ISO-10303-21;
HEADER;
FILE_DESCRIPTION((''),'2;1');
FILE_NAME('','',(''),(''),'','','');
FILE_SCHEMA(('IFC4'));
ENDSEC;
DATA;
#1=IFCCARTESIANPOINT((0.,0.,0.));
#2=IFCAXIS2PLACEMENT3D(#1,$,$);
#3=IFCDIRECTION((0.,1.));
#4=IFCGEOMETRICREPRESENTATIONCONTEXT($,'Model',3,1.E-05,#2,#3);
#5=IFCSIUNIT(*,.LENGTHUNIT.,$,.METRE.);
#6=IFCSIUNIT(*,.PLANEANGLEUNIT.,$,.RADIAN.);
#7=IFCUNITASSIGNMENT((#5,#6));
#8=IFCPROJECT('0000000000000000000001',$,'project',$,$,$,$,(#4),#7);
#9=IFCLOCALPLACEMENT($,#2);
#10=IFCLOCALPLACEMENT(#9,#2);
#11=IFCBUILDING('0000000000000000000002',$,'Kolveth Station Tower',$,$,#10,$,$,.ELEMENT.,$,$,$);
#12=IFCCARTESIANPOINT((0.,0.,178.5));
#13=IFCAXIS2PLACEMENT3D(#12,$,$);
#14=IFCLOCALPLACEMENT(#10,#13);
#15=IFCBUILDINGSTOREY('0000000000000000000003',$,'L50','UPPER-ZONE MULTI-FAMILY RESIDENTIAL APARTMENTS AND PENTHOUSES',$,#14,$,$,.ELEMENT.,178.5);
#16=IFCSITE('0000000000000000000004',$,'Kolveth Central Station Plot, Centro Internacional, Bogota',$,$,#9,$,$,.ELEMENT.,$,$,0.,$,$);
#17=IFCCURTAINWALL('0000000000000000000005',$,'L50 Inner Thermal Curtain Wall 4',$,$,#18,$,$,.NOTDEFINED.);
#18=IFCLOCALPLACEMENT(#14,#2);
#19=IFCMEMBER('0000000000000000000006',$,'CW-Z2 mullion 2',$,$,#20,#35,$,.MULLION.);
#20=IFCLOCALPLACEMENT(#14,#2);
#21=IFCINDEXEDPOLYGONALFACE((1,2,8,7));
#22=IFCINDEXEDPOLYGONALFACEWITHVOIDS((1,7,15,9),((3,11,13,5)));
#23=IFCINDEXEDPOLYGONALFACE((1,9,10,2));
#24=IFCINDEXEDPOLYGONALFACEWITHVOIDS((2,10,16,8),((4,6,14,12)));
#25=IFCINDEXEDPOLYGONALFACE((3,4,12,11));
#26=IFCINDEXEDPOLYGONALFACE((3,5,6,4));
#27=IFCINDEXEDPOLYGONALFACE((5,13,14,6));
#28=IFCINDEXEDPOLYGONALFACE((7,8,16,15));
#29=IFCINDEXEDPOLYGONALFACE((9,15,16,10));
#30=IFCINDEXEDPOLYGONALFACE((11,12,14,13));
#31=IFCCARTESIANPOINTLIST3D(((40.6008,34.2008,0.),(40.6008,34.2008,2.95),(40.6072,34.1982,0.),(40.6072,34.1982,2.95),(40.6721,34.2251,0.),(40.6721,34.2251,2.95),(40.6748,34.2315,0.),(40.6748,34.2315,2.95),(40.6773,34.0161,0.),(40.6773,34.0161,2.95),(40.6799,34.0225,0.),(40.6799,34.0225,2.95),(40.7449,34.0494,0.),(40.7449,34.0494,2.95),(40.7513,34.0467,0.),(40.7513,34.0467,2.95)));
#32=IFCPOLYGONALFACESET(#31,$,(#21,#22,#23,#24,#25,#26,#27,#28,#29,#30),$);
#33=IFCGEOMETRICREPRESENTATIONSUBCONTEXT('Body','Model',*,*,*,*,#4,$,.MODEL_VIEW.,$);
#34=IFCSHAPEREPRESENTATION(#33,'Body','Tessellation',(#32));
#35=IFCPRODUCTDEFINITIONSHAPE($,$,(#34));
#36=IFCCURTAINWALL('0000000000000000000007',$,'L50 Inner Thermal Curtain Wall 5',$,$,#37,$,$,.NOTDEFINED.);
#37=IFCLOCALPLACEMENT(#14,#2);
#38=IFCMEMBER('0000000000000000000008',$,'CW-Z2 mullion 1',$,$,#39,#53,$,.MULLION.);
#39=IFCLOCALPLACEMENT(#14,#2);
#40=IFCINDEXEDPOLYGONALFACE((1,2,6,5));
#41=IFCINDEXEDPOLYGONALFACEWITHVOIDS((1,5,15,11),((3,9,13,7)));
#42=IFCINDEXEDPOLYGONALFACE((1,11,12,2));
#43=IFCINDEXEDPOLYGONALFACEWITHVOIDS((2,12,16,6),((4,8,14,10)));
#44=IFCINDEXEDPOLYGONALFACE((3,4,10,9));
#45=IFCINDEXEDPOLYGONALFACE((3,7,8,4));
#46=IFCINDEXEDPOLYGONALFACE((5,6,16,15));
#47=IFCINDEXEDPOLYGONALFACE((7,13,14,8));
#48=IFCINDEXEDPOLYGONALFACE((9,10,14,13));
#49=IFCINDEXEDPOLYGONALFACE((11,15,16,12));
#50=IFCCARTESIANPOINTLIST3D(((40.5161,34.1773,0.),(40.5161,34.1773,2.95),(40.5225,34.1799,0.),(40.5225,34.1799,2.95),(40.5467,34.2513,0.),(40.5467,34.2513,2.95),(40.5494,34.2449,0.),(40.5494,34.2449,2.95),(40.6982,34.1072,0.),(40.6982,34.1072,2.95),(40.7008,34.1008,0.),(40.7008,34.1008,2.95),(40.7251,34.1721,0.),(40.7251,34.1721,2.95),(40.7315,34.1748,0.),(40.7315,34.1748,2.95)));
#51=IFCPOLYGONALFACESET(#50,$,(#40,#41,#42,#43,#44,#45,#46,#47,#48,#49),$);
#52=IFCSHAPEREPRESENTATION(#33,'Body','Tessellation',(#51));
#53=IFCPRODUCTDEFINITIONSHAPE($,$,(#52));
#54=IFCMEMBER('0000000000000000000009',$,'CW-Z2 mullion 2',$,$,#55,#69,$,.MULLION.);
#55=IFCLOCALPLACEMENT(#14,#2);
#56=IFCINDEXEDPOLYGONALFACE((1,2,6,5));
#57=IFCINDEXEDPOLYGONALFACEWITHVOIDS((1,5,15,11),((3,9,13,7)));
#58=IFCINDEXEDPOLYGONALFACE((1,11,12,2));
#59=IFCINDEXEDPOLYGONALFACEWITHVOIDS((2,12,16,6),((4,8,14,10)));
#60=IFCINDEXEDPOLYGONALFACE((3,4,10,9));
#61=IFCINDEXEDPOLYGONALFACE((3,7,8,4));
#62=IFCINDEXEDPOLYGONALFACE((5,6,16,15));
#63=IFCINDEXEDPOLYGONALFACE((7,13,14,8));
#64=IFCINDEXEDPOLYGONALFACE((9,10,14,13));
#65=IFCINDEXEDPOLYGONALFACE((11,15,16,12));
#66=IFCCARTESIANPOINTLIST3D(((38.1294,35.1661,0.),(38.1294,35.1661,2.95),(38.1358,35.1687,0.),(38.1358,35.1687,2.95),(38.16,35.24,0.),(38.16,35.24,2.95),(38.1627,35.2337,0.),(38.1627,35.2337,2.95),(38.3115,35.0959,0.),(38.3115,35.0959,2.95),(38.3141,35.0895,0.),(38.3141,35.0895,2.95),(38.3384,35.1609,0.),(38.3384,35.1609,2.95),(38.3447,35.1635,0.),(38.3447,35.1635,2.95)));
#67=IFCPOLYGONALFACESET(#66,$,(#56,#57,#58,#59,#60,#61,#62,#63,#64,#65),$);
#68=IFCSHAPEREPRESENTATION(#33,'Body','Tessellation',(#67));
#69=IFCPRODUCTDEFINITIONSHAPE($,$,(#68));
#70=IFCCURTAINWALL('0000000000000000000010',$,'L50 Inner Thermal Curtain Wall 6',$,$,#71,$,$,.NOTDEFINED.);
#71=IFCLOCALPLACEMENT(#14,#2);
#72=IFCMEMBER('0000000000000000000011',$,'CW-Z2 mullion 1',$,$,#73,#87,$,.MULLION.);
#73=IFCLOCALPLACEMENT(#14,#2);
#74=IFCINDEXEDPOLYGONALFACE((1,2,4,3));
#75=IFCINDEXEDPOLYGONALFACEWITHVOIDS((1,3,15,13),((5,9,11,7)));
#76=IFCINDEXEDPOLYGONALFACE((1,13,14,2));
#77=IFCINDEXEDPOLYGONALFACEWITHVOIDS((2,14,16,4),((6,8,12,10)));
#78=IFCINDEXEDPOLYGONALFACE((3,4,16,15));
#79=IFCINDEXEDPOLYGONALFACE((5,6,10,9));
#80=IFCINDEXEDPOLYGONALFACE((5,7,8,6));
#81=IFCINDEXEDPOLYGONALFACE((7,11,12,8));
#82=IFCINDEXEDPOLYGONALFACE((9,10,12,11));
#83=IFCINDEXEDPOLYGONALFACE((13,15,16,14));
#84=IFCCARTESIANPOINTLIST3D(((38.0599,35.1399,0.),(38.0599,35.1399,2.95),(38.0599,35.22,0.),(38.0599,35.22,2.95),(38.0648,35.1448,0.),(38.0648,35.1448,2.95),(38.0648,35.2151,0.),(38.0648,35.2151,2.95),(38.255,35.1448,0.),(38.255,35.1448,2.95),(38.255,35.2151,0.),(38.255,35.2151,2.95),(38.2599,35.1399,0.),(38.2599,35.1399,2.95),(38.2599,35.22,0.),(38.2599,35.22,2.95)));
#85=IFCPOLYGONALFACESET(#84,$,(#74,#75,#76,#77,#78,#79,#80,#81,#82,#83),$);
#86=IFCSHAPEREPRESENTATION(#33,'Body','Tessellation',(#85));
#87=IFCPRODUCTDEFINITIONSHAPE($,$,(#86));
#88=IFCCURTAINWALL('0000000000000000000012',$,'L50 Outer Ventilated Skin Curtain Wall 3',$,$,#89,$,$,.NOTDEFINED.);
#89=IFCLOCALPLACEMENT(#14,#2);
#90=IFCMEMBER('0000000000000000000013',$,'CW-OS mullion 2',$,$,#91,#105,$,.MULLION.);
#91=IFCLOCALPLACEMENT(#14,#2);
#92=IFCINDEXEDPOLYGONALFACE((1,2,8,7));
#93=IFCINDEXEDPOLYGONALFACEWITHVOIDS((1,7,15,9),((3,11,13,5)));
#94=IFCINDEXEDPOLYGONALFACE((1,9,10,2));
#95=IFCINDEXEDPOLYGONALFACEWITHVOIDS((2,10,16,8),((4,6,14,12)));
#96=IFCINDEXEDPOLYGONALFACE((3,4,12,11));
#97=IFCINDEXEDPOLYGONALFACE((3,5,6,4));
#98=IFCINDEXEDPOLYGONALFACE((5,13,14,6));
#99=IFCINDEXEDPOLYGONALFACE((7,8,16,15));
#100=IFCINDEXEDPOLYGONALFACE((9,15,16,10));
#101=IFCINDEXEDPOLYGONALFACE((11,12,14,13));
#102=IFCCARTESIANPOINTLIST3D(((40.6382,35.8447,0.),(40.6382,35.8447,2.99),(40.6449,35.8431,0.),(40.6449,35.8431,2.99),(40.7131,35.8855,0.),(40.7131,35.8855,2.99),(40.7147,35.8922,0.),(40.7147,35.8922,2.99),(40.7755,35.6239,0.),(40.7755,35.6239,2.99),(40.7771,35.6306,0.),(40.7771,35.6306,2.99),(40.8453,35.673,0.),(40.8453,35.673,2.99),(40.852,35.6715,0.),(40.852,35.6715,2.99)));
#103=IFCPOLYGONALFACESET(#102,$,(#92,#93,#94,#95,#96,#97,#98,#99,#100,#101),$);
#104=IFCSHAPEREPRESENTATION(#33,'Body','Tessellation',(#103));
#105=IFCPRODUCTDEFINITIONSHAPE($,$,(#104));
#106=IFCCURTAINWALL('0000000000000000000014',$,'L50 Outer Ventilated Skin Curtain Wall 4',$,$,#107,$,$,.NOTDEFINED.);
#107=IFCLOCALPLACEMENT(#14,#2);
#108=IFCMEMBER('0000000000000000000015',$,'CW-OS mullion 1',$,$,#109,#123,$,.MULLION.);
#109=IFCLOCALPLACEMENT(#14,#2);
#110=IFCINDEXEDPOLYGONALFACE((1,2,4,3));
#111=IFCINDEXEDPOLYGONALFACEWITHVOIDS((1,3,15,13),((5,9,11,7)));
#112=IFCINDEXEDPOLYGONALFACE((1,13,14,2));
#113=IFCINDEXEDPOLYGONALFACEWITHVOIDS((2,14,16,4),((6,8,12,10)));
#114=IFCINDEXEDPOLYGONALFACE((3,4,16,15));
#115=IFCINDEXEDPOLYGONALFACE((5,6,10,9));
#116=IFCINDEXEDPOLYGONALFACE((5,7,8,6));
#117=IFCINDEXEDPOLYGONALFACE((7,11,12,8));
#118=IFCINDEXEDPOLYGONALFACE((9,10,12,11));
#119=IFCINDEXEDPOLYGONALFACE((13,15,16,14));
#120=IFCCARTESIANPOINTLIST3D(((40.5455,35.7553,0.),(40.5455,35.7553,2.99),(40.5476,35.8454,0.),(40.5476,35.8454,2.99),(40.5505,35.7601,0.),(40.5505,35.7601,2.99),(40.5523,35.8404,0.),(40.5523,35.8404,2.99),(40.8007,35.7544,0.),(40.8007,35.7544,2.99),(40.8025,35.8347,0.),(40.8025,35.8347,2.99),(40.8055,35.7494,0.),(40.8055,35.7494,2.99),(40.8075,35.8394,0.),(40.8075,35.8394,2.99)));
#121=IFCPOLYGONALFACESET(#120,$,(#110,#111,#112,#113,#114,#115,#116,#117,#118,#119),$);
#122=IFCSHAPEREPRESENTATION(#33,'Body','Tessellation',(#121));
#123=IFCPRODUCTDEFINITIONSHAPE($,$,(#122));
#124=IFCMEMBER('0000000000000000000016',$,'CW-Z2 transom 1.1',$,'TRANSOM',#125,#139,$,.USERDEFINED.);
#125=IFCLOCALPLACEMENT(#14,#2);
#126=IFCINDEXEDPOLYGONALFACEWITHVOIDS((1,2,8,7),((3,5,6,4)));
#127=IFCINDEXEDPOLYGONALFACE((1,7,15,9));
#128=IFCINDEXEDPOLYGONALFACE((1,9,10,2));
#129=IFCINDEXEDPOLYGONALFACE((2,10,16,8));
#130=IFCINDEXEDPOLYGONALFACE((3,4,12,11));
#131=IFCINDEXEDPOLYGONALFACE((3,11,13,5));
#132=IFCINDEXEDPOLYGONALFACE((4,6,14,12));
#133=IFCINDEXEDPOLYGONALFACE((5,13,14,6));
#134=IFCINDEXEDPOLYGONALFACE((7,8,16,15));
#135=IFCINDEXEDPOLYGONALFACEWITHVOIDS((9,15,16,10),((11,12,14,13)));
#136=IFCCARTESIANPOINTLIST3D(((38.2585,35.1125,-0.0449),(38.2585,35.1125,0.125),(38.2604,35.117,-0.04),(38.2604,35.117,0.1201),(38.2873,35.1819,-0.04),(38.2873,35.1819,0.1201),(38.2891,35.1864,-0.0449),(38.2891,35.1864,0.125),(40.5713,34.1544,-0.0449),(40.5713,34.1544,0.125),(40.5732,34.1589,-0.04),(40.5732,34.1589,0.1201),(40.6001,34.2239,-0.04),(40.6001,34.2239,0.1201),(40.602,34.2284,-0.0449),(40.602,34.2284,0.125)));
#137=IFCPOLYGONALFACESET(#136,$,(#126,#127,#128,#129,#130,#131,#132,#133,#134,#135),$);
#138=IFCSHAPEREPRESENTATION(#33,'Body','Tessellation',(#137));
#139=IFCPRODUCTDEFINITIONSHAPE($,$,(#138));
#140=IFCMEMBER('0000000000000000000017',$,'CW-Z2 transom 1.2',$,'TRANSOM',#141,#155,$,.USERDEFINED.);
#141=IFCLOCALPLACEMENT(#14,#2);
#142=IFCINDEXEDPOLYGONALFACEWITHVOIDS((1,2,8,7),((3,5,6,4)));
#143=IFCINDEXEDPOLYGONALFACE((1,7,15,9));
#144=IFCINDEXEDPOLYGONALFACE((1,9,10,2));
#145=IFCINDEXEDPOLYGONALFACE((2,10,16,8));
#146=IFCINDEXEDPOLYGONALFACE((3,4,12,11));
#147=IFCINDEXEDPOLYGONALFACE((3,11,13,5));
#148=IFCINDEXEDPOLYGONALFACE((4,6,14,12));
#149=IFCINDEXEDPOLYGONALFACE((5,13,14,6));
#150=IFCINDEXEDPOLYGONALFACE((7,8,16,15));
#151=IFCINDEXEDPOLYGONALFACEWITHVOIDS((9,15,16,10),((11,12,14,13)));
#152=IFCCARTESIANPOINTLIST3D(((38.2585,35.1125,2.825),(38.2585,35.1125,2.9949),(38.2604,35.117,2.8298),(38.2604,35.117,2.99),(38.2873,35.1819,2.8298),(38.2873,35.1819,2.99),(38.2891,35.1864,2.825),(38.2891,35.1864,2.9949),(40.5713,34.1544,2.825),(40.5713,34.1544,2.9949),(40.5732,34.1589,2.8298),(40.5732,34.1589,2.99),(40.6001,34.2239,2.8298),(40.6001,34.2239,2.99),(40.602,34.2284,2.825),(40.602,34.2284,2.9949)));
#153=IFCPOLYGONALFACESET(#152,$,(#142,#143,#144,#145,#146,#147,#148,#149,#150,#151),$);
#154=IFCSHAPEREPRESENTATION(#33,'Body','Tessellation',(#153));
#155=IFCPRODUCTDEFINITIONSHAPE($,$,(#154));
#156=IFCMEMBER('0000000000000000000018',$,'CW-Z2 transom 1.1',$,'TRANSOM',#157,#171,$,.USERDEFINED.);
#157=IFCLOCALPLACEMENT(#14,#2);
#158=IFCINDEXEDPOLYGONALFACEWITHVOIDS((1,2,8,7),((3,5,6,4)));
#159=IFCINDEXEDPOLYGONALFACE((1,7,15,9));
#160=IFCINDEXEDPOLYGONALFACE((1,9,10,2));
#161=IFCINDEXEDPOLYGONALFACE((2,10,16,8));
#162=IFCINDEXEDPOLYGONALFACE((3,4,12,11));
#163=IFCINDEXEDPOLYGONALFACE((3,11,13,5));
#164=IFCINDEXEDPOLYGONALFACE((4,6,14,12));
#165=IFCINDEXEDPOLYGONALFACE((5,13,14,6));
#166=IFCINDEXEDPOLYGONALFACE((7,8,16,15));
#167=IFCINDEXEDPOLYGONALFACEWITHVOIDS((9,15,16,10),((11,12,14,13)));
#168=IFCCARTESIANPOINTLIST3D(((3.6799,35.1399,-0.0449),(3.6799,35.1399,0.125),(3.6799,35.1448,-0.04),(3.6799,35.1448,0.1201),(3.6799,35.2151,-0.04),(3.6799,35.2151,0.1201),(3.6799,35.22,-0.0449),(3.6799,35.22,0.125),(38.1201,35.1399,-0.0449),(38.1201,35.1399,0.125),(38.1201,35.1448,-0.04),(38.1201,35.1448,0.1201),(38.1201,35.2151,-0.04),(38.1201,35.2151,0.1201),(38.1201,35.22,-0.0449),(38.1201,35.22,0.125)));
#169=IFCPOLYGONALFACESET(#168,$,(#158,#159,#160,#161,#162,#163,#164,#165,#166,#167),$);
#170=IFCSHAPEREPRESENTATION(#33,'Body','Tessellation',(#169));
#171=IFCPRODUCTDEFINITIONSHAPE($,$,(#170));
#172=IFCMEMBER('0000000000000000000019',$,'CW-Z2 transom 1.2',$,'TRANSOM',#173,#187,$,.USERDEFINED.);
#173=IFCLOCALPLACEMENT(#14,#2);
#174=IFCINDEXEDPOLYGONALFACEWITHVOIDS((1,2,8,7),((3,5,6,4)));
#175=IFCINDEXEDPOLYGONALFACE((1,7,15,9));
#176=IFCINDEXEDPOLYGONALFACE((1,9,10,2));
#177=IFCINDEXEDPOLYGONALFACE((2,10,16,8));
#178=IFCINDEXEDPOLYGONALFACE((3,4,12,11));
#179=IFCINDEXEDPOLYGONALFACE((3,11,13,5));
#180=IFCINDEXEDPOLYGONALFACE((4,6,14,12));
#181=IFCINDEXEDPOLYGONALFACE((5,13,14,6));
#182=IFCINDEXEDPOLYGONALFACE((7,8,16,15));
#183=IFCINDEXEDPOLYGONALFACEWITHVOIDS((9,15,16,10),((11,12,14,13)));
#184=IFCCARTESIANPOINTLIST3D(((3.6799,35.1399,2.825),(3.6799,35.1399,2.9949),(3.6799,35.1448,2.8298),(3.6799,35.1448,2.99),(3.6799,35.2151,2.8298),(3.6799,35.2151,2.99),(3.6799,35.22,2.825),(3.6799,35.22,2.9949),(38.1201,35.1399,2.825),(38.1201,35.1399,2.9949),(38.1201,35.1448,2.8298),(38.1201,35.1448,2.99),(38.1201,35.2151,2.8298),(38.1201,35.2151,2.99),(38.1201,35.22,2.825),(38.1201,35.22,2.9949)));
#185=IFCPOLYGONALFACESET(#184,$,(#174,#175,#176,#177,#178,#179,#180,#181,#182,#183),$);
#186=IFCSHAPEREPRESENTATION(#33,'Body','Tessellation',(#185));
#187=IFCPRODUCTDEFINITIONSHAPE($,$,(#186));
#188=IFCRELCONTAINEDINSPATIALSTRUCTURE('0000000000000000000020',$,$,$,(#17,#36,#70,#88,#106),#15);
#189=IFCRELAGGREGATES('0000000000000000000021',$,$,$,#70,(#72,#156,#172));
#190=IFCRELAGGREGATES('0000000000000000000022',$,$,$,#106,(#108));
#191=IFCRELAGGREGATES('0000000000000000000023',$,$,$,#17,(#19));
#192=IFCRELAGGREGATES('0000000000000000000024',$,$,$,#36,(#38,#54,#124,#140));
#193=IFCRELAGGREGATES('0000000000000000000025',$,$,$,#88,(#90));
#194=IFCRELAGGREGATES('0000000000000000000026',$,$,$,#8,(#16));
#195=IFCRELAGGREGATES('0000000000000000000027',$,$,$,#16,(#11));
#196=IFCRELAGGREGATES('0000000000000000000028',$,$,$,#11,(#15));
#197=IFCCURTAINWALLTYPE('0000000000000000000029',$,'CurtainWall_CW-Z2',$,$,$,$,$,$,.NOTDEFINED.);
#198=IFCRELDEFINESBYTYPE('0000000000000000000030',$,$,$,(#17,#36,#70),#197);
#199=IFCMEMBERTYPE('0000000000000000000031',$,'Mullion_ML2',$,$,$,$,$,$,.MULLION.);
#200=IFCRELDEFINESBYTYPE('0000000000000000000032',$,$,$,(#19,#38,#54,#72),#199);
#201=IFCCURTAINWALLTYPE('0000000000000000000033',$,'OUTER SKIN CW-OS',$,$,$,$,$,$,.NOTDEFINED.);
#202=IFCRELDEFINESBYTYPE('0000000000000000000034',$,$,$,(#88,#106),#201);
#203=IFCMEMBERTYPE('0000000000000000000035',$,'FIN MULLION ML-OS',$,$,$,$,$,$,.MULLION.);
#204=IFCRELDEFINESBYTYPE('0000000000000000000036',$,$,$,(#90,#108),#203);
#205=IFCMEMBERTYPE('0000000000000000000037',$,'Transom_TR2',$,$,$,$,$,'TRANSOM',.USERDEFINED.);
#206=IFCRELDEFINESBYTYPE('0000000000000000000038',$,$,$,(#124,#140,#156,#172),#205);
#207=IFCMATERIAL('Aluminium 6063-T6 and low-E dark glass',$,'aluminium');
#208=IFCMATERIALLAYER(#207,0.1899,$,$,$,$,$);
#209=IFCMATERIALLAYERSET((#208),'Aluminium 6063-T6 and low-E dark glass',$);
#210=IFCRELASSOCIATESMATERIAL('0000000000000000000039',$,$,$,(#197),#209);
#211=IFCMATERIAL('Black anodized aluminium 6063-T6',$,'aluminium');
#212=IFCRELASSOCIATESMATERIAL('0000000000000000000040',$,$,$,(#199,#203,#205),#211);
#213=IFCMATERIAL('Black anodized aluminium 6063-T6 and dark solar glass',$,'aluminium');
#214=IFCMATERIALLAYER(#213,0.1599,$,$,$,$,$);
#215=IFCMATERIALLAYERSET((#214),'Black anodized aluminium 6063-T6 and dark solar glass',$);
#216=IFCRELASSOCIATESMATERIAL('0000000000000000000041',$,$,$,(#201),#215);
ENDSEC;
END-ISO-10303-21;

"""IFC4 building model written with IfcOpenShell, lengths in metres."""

from ifc_helpers import new_model, si_unit, direction, frame, origin, origin_2d, place, context, subcontext, project, spatial, hollow_rectangle, extrude, source, transform, mapped, material, layer, layer_set, material_profile, profile_set, type_object, element, aggregate, save


model = new_model("IFC4")

# Units and contexts
model_context = context("Model", 3, precision=1e-05, world=origin(), true_north=direction((0.0, 1.0)))
body_context = subcontext(model_context, "Body", "Model", "MODEL_VIEW")
ifc_project = project(units=[si_unit("LENGTHUNIT", "METRE"), si_unit("PLANEANGLEUNIT", "RADIAN")], contexts=[model_context])

# Site, building, storey
site_placement = place(None, origin())
site = spatial("IfcSite", under=ifc_project, at=site_placement, Name="Kolveth Central Station Plot, Centro Internacional, Bogota", CompositionType="ELEMENT", RefElevation=0.0)
building_placement = place(site_placement, origin())
building = spatial("IfcBuilding", under=site, at=building_placement, Name="Kolveth Station Tower", CompositionType="ELEMENT")
storey_placement = place(building_placement, frame((0.0, 0.0, 178.5)))
storey = spatial("IfcBuildingStorey", under=building, at=storey_placement, Name="L50", Description="UPPER-ZONE MULTI-FAMILY RESIDENTIAL APARTMENTS AND PENTHOUSES", CompositionType="ELEMENT", Elevation=178.5)

# Curtain wall, member
ifc_material_1 = material(Name="Aluminium 6063-T6 and low-E dark glass", Category="aluminium")
ifc_layer_1 = layer(ifc_material_1, 0.1899)
ifc_layer_set_1 = layer_set([ifc_layer_1], Name="Aluminium 6063-T6 and low-E dark glass")
curtain_wall_type_1 = type_object("IfcCurtainWallType", Name="CurtainWall_CW-Z2", PredefinedType="NOTDEFINED", material=ifc_layer_set_1)
curtain_wall_1_placement = place(storey_placement, origin())
curtain_wall_1 = element("IfcCurtainWall", 1, at=curtain_wall_1_placement, inside=storey, type_object=curtain_wall_type_1, Name="L50 Inner Thermal Curtain Wall 4", PredefinedType="NOTDEFINED")
ifc_material_2 = material(Name="Black anodized aluminium 6063-T6", Category="aluminium")
ifc_material_profile_1 = material_profile(ifc_material_2, hollow_rectangle(XDim=0.0801, YDim=0.2, WallThickness=0.0049, at=origin_2d()), Name="ALU-80x200x5")
ifc_profile_set_1 = profile_set([ifc_material_profile_1], Name="Black anodized aluminium 6063-T6")
member_type_1 = type_object("IfcMemberType", Name="Mullion_ML2", PredefinedType="MULLION", material=ifc_profile_set_1)
shared_shape_1 = source(origin(), body_context, "Body", "SweptSolid", [
    extrude(hollow_rectangle(XDim=0.0801, YDim=0.2, WallThickness=0.0049, at=origin_2d()), origin(), (0.0, 0.0, 1.0), 2.95),
])
member_1_placement = place(storey_placement, frame((40.676, 34.1238, 0.0), z_axis=(0.0, 0.0, 1.0), x_axis=(-0.923874, -0.382698, 0.0)))
member_1 = element("IfcMember", 2, at=member_1_placement, type_object=member_type_1, Name="CW-Z2 mullion 2", PredefinedType="MULLION", context=body_context, shape_type="MappedRepresentation", body=[
    mapped(shared_shape_1, transform((0.0, 0.0, 0.0), x_axis=(1.0, 0.0, 0.0), y_axis=(0.0, 1.0, 0.0), z_axis=(0.0, 0.0, 1.0), scale=1.0)),
])

# Curtain wall, members
curtain_wall_2_placement = place(storey_placement, origin())
curtain_wall_2 = element("IfcCurtainWall", 3, at=curtain_wall_2_placement, inside=storey, type_object=curtain_wall_type_1, Name="L50 Inner Thermal Curtain Wall 5", PredefinedType="NOTDEFINED")
member_2_placement = place(storey_placement, frame((40.6238, 34.176, 0.0), z_axis=(0.0, 0.0, 1.0), x_axis=(-0.382698, -0.923874, 0.0)))
member_2 = element("IfcMember", 4, at=member_2_placement, type_object=member_type_1, Name="CW-Z2 mullion 1", PredefinedType="MULLION", context=body_context, shape_type="MappedRepresentation", body=[
    mapped(shared_shape_1, transform((0.0, 0.0, 0.0), x_axis=(1.0, 0.0, 0.0), y_axis=(0.0, 1.0, 0.0), z_axis=(0.0, 0.0, 1.0), scale=1.0)),
])
member_3_placement = place(storey_placement, frame((38.2371, 35.1648, 0.0), z_axis=(0.0, 0.0, 1.0), x_axis=(-0.382698, -0.923874, 0.0)))
member_3 = element("IfcMember", 5, at=member_3_placement, type_object=member_type_1, Name="CW-Z2 mullion 2", PredefinedType="MULLION", context=body_context, shape_type="MappedRepresentation", body=[
    mapped(shared_shape_1, transform((0.0, 0.0, 0.0), x_axis=(1.0, 0.0, 0.0), y_axis=(0.0, 1.0, 0.0), z_axis=(0.0, 0.0, 1.0), scale=1.0)),
])

# Curtain walls, members
curtain_wall_3_placement = place(storey_placement, origin())
curtain_wall_3 = element("IfcCurtainWall", 6, at=curtain_wall_3_placement, inside=storey, type_object=curtain_wall_type_1, Name="L50 Inner Thermal Curtain Wall 6", PredefinedType="NOTDEFINED")
member_4_placement = place(storey_placement, frame((38.1599, 35.1799, 0.0), z_axis=(0.0, 0.0, 1.0), x_axis=(0.0, -1.0, 0.0)))
member_4 = element("IfcMember", 7, at=member_4_placement, type_object=member_type_1, Name="CW-Z2 mullion 1", PredefinedType="MULLION", context=body_context, shape_type="MappedRepresentation", body=[
    mapped(shared_shape_1, transform((0.0, 0.0, 0.0), x_axis=(1.0, 0.0, 0.0), y_axis=(0.0, 1.0, 0.0), z_axis=(0.0, 0.0, 1.0), scale=1.0)),
])
ifc_material_3 = material(Name="Black anodized aluminium 6063-T6 and dark solar glass", Category="aluminium")
ifc_layer_2 = layer(ifc_material_3, 0.1599)
ifc_layer_set_2 = layer_set([ifc_layer_2], Name="Black anodized aluminium 6063-T6 and dark solar glass")
curtain_wall_type_2 = type_object("IfcCurtainWallType", Name="OUTER SKIN CW-OS", PredefinedType="NOTDEFINED", material=ifc_layer_set_2)
curtain_wall_4_placement = place(storey_placement, origin())
curtain_wall_4 = element("IfcCurtainWall", 8, at=curtain_wall_4_placement, inside=storey, type_object=curtain_wall_type_2, Name="L50 Outer Ventilated Skin Curtain Wall 3", PredefinedType="NOTDEFINED")
ifc_material_profile_2 = material_profile(ifc_material_2, hollow_rectangle(XDim=0.0901, YDim=0.26, WallThickness=0.0049, at=origin_2d()), Name="ALU-90x260x5")
ifc_profile_set_2 = profile_set([ifc_material_profile_2], Name="Black anodized aluminium 6063-T6")
member_type_2 = type_object("IfcMemberType", Name="FIN MULLION ML-OS", PredefinedType="MULLION", material=ifc_profile_set_2)
shared_shape_2 = source(origin(), body_context, "Body", "SweptSolid", [
    extrude(hollow_rectangle(XDim=0.0901, YDim=0.26, WallThickness=0.0049, at=origin_2d()), origin(), (0.0, 0.0, 1.0), 2.99),
])
member_5_placement = place(storey_placement, frame((40.7451, 35.7581, 0.0), z_axis=(0.0, 0.0, 1.0), x_axis=(-0.849158, -0.528139, 0.0)))
member_5 = element("IfcMember", 9, at=member_5_placement, type_object=member_type_2, Name="CW-OS mullion 2", PredefinedType="MULLION", context=body_context, shape_type="MappedRepresentation", body=[
    mapped(shared_shape_2, transform((0.0, 0.0, 0.0), x_axis=(1.0, 0.0, 0.0), y_axis=(0.0, 1.0, 0.0), z_axis=(0.0, 0.0, 1.0), scale=1.0)),
])
curtain_wall_5_placement = place(storey_placement, origin())
curtain_wall_5 = element("IfcCurtainWall", 10, at=curtain_wall_5_placement, inside=storey, type_object=curtain_wall_type_2, Name="L50 Outer Ventilated Skin Curtain Wall 4", PredefinedType="NOTDEFINED")
member_6_placement = place(storey_placement, frame((40.6765, 35.7974, 0.0), z_axis=(0.0, 0.0, 1.0), x_axis=(-0.022766, -0.999741, 0.0)))
member_6 = element("IfcMember", 11, at=member_6_placement, type_object=member_type_2, Name="CW-OS mullion 1", PredefinedType="MULLION", context=body_context, shape_type="MappedRepresentation", body=[
    mapped(shared_shape_2, transform((0.0, 0.0, 0.0), x_axis=(1.0, 0.0, 0.0), y_axis=(0.0, 1.0, 0.0), z_axis=(0.0, 0.0, 1.0), scale=1.0)),
])

# Members
ifc_material_profile_3 = material_profile(ifc_material_2, hollow_rectangle(XDim=0.0801, YDim=0.1699, WallThickness=0.0049, at=origin_2d()), Name="ALU-80x170x5")
ifc_profile_set_3 = profile_set([ifc_material_profile_3], Name="Black anodized aluminium 6063-T6")
member_type_3 = type_object("IfcMemberType", Name="Transom_TR2", ElementType="TRANSOM", PredefinedType="USERDEFINED", material=ifc_profile_set_3)
shared_shape_3 = source(origin(), body_context, "Body", "SweptSolid", [
    extrude(hollow_rectangle(XDim=0.0801, YDim=0.1699, WallThickness=0.0049, at=origin_2d()), origin(), (0.0, 0.0, 1.0), 2.5034),
])
member_7_placement = place(storey_placement, frame((40.5867, 34.1914, 0.04), z_axis=(-0.923874, 0.382696, 0.0), x_axis=(-0.382696, -0.923874, 0.0)))
member_7 = element("IfcMember", 12, at=member_7_placement, type_object=member_type_3, Name="CW-Z2 transom 1.1", ObjectType="TRANSOM", PredefinedType="USERDEFINED", context=body_context, shape_type="MappedRepresentation", body=[
    mapped(shared_shape_3, transform((0.0, 0.0, 0.0), x_axis=(1.0, 0.0, 0.0), y_axis=(0.0, 1.0, 0.0), z_axis=(0.0, 0.0, 1.0), scale=1.0)),
])
member_8_placement = place(storey_placement, frame((40.5867, 34.1914, 2.9099), z_axis=(-0.923874, 0.382696, 0.0), x_axis=(-0.382696, -0.923874, 0.0)))
member_8 = element("IfcMember", 13, at=member_8_placement, type_object=member_type_3, Name="CW-Z2 transom 1.2", ObjectType="TRANSOM", PredefinedType="USERDEFINED", context=body_context, shape_type="MappedRepresentation", body=[
    mapped(shared_shape_3, transform((0.0, 0.0, 0.0), x_axis=(1.0, 0.0, 0.0), y_axis=(0.0, 1.0, 0.0), z_axis=(0.0, 0.0, 1.0), scale=1.0)),
])
shared_shape_4 = source(origin(), body_context, "Body", "SweptSolid", [
    extrude(hollow_rectangle(XDim=0.0801, YDim=0.1699, WallThickness=0.0049, at=origin_2d()), origin(), (0.0, 0.0, 1.0), 34.4402),
])
member_9_placement = place(storey_placement, frame((38.1201, 35.1799, 0.04), z_axis=(-1.0, 0.0, 0.0), x_axis=(0.0, -1.0, 0.0)))
member_9 = element("IfcMember", 14, at=member_9_placement, type_object=member_type_3, Name="CW-Z2 transom 1.1", ObjectType="TRANSOM", PredefinedType="USERDEFINED", context=body_context, shape_type="MappedRepresentation", body=[
    mapped(shared_shape_4, transform((0.0, 0.0, 0.0), x_axis=(1.0, 0.0, 0.0), y_axis=(0.0, 1.0, 0.0), z_axis=(0.0, 0.0, 1.0), scale=1.0)),
])
member_10_placement = place(storey_placement, frame((38.1201, 35.1799, 2.9099), z_axis=(-1.0, 0.0, 0.0), x_axis=(0.0, -1.0, 0.0)))
member_10 = element("IfcMember", 15, at=member_10_placement, type_object=member_type_3, Name="CW-Z2 transom 1.2", ObjectType="TRANSOM", PredefinedType="USERDEFINED", context=body_context, shape_type="MappedRepresentation", body=[
    mapped(shared_shape_4, transform((0.0, 0.0, 0.0), x_axis=(1.0, 0.0, 0.0), y_axis=(0.0, 1.0, 0.0), z_axis=(0.0, 0.0, 1.0), scale=1.0)),
])
aggregate(curtain_wall_3, [member_4, member_9, member_10])
aggregate(curtain_wall_5, [member_6])

aggregate(curtain_wall_1, [member_1])
aggregate(curtain_wall_2, [member_2, member_3, member_7, member_8])
aggregate(curtain_wall_4, [member_5])

save(model, "model.ifc")
